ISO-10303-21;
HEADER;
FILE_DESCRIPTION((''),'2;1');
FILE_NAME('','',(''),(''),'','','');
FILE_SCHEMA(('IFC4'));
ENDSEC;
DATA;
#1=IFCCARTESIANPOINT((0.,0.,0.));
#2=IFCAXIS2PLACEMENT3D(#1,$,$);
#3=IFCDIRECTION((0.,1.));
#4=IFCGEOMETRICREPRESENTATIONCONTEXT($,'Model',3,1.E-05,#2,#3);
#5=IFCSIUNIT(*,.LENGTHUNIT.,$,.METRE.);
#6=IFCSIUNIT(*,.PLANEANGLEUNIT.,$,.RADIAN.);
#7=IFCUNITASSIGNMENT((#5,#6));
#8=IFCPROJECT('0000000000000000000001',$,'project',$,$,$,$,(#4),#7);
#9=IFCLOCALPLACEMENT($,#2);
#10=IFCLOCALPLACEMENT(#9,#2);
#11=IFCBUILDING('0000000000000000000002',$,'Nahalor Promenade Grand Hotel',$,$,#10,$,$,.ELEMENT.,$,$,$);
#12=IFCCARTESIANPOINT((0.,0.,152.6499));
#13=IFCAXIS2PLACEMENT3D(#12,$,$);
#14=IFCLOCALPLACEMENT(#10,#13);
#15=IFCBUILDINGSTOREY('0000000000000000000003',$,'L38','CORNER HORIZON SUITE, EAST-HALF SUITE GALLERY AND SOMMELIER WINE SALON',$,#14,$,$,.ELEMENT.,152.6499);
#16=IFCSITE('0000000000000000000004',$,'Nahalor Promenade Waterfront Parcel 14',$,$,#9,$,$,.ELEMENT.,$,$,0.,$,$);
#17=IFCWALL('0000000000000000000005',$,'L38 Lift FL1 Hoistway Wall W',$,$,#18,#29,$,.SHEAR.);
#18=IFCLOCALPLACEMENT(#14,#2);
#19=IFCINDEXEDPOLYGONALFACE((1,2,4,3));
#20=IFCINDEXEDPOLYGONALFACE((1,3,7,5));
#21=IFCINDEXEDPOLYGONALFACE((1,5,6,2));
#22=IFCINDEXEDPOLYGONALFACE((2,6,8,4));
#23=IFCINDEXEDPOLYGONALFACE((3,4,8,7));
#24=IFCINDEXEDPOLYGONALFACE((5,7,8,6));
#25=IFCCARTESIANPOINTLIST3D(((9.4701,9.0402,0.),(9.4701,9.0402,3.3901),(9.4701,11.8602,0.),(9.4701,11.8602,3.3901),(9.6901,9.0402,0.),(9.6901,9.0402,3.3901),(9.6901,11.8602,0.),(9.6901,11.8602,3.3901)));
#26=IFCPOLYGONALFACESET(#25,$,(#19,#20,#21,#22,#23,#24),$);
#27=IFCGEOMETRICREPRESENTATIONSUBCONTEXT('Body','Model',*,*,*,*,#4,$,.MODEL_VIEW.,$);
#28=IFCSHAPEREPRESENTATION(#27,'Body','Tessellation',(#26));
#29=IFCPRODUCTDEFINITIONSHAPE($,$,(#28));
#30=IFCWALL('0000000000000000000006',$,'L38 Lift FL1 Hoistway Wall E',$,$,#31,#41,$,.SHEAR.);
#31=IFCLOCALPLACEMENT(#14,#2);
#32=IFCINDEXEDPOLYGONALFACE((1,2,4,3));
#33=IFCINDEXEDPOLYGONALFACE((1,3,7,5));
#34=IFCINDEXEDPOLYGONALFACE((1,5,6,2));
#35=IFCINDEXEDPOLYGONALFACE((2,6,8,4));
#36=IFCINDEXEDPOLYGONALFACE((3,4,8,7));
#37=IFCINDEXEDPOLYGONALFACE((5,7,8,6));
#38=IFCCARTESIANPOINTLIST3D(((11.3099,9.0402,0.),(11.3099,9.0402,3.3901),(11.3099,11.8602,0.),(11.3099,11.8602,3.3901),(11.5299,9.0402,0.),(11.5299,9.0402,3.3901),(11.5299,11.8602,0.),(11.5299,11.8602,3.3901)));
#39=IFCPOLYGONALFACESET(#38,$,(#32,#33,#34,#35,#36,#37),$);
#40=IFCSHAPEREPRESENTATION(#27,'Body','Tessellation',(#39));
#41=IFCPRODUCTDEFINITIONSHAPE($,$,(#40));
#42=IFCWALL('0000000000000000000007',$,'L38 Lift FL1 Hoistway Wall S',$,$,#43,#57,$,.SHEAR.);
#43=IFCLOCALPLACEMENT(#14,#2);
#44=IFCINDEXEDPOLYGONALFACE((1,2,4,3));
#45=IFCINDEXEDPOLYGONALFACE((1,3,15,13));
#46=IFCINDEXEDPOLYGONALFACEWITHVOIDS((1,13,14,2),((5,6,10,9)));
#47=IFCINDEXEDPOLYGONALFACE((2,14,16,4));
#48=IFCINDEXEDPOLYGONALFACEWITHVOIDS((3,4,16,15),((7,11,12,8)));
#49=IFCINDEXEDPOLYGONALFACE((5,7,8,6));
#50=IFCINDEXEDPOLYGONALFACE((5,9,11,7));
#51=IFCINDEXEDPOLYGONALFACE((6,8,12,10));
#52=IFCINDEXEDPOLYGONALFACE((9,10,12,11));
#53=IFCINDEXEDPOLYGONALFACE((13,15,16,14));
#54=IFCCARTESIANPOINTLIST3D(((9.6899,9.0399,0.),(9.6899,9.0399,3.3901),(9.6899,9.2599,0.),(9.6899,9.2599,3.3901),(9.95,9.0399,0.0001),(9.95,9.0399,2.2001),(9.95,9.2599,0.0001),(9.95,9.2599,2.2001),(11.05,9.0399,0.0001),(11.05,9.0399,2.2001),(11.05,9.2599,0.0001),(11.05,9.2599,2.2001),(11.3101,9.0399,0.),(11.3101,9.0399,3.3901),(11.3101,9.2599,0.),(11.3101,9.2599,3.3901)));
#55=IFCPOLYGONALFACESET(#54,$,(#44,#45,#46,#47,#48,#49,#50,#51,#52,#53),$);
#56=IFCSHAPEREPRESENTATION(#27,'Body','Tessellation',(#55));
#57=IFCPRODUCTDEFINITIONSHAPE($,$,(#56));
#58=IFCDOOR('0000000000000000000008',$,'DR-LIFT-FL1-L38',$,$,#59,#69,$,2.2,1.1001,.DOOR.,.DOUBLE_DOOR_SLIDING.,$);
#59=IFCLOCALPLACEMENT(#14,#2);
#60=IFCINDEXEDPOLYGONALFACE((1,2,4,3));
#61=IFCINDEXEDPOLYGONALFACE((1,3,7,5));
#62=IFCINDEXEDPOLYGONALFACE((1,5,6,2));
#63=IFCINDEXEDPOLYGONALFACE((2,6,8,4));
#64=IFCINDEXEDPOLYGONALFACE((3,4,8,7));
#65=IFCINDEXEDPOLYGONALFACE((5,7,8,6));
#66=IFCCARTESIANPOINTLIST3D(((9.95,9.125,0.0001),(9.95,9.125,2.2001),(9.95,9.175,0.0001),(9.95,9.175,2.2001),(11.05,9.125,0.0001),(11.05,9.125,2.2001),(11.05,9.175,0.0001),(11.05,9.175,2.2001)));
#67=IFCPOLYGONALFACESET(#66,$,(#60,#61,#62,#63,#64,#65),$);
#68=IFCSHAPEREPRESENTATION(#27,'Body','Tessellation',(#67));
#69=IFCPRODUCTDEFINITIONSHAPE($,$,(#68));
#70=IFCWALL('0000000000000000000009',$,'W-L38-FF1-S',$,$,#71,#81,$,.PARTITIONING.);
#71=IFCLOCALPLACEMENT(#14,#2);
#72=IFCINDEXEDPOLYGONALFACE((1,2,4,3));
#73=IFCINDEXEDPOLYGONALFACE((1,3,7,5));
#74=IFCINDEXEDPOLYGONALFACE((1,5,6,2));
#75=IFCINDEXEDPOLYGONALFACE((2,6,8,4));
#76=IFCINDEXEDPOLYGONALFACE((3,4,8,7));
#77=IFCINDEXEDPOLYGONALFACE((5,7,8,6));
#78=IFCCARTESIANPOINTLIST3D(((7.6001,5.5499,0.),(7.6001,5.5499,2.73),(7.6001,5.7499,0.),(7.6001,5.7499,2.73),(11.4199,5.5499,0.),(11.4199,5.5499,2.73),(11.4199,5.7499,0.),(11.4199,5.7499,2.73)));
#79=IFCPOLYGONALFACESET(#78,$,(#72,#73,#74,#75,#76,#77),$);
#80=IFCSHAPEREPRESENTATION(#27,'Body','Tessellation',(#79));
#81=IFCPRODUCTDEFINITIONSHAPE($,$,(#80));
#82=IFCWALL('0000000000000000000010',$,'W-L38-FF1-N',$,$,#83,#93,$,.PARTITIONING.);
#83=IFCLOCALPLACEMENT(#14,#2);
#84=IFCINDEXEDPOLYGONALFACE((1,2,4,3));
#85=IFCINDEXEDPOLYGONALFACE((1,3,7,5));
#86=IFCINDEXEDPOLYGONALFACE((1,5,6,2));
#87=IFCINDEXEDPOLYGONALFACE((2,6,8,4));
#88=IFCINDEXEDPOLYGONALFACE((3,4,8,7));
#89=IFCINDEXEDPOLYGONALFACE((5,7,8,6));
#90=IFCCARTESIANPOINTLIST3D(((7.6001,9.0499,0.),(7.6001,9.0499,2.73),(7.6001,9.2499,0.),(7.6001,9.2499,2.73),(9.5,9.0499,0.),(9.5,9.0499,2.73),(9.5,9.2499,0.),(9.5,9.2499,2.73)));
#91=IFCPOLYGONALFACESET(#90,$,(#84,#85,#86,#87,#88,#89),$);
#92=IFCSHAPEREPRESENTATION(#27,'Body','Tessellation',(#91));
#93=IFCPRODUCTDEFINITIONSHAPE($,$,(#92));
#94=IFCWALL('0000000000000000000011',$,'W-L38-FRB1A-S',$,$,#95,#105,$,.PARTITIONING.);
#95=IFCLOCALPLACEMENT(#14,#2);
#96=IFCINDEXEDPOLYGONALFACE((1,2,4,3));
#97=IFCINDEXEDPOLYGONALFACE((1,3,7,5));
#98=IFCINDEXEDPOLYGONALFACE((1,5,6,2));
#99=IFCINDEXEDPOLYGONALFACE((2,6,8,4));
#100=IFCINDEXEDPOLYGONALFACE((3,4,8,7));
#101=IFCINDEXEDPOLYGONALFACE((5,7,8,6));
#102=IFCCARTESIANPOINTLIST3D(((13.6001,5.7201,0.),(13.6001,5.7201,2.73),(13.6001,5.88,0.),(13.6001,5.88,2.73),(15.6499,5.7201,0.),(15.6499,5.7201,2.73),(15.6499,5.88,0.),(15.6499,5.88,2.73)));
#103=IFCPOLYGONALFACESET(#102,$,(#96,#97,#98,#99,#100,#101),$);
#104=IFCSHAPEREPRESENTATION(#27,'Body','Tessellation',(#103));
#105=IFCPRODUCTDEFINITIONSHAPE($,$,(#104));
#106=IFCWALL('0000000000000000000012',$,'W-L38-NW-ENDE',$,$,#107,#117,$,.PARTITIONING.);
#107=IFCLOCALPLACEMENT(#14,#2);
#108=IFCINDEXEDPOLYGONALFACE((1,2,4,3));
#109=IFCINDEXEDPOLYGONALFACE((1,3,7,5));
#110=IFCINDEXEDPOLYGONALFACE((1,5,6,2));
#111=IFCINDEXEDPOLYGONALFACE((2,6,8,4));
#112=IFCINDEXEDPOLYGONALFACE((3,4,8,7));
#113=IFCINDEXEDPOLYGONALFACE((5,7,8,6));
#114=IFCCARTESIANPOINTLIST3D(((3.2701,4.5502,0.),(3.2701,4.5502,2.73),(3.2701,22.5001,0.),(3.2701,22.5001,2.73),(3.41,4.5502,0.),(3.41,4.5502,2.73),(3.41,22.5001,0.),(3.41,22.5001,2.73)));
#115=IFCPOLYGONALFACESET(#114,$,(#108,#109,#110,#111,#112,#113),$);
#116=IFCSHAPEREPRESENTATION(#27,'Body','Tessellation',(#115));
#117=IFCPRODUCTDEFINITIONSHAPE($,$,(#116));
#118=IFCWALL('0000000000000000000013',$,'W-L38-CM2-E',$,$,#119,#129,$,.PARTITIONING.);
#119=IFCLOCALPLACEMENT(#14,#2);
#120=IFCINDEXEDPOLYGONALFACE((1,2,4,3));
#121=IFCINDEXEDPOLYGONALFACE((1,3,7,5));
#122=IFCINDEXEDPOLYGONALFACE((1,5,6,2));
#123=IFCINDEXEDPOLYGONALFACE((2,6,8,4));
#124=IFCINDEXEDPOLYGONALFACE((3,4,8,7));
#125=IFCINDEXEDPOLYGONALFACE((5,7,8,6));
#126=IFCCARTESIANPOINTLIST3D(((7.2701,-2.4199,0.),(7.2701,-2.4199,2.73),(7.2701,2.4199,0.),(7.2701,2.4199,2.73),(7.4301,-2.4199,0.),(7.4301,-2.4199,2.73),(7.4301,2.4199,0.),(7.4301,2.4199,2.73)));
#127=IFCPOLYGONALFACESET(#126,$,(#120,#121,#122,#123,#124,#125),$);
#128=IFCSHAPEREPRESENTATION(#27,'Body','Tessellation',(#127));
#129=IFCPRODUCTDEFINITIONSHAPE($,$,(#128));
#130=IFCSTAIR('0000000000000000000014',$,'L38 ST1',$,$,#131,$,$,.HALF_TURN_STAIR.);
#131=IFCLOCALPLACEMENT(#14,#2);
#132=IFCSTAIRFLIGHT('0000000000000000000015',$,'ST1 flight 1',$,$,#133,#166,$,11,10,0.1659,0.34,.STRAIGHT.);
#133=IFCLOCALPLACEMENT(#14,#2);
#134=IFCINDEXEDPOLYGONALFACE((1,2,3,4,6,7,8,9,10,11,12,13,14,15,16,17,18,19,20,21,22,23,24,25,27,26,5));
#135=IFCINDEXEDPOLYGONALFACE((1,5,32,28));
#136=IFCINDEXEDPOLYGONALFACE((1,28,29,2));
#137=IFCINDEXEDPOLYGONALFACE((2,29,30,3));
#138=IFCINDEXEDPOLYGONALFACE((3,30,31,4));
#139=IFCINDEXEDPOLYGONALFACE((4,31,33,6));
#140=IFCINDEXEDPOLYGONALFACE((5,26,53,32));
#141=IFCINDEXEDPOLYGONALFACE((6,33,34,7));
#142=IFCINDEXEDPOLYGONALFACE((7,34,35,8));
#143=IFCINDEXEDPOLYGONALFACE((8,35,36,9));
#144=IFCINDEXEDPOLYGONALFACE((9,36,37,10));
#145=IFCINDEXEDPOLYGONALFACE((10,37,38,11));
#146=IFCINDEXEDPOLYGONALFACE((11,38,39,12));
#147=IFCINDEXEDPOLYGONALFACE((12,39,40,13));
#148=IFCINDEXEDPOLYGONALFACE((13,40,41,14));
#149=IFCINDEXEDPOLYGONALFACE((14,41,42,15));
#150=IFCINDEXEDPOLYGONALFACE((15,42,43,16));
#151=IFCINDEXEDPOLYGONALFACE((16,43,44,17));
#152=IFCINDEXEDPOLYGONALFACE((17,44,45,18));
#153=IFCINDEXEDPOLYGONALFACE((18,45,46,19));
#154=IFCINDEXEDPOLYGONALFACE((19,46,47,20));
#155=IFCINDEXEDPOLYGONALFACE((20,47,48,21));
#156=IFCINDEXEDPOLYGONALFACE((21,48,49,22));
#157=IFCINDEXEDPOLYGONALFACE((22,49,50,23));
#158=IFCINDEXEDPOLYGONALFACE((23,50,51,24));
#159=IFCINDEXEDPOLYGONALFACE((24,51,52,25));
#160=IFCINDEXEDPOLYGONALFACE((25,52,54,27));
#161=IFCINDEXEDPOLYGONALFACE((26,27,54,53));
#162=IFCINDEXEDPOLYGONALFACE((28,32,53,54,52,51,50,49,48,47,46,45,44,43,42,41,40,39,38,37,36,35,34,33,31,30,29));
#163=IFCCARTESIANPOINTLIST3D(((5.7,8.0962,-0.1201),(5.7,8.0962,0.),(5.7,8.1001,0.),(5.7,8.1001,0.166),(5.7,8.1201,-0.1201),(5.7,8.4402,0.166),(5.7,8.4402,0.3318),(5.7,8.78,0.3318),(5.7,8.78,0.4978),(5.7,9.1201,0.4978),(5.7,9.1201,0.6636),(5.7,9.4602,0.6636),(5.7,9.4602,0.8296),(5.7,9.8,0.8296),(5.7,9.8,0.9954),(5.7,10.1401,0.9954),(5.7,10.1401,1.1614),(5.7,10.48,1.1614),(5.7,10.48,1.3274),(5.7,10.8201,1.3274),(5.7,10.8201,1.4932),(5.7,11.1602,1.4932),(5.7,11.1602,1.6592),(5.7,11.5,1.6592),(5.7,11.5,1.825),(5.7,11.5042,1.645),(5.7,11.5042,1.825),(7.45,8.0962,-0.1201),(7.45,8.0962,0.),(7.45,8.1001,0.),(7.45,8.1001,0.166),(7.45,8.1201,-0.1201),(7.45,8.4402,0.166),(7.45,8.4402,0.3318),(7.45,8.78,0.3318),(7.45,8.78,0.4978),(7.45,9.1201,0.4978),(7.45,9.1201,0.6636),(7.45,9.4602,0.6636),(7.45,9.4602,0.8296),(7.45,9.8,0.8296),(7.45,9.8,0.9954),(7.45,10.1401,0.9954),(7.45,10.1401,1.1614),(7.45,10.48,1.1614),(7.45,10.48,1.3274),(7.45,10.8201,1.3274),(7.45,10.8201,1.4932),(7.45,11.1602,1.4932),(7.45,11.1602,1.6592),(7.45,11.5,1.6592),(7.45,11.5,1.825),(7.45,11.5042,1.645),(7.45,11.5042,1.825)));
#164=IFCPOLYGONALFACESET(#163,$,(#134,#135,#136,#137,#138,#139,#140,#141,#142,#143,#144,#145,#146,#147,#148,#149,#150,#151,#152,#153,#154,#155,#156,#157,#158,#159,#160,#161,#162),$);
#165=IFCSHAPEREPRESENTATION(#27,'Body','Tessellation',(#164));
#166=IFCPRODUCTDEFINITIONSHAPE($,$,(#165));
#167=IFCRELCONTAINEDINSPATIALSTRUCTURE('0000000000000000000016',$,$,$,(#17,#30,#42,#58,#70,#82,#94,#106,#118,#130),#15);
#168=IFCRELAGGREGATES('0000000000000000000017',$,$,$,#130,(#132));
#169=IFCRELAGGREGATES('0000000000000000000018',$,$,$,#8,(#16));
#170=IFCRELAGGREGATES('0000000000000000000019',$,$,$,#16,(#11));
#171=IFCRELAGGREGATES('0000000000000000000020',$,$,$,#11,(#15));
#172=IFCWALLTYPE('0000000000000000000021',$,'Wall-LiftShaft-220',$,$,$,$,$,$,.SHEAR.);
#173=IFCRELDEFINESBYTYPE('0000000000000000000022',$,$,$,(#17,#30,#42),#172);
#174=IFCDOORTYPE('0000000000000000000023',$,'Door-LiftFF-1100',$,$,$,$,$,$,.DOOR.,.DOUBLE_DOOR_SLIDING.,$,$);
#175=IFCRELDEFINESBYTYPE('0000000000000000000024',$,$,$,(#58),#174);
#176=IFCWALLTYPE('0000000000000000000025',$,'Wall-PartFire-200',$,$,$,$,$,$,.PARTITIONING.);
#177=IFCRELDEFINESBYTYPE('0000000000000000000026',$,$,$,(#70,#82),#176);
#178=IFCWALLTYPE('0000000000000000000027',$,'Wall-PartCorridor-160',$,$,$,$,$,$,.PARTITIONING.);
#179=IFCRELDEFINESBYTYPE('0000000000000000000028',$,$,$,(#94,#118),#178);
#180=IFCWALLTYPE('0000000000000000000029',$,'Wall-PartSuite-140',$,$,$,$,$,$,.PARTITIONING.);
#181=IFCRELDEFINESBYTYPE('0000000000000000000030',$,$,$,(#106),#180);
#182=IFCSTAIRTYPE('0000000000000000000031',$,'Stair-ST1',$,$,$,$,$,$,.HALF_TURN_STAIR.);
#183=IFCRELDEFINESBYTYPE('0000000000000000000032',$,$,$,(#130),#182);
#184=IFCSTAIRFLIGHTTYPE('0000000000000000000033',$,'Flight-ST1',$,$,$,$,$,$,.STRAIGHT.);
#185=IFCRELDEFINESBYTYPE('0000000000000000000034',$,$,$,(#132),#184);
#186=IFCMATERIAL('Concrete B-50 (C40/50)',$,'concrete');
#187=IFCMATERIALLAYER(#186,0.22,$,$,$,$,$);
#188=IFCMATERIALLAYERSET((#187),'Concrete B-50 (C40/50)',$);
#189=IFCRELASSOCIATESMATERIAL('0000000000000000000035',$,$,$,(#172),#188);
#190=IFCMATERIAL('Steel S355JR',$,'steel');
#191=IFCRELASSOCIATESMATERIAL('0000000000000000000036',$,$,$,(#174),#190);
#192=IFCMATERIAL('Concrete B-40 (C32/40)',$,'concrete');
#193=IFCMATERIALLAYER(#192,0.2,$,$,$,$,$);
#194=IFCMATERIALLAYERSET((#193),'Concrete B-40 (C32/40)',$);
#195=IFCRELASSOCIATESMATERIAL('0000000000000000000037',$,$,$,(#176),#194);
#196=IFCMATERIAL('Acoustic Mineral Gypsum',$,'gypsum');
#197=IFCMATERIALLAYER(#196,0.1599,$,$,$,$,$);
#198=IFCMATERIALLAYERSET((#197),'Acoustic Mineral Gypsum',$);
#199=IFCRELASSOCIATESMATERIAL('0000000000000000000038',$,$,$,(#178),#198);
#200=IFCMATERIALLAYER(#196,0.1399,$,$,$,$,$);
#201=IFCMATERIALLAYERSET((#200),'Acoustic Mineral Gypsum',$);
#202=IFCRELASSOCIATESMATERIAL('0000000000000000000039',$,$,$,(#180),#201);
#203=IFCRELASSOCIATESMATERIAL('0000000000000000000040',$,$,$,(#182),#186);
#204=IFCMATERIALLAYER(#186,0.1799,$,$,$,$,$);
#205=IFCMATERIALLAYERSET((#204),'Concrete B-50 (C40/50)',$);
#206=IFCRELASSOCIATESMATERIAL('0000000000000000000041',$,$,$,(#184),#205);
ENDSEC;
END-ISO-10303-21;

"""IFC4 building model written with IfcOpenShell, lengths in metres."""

from ifc_helpers import new_model, si_unit, direction, frame, frame_2d, origin, place, context, subcontext, project, spatial, polyline, rectangle, outline, extrude, source, transform, mapped, material, layer, layer_set, type_object, element, fill, aggregate, save


model = new_model("IFC4")

# Units and contexts
model_context = context("Model", 3, precision=1e-05, world=origin(), true_north=direction((0.0, 1.0)))
body_context = subcontext(model_context, "Body", "Model", "MODEL_VIEW")
ifc_project = project(units=[si_unit("LENGTHUNIT", "METRE"), si_unit("PLANEANGLEUNIT", "RADIAN")], contexts=[model_context])

# Site, building, storey
site_placement = place(None, origin())
site = spatial("IfcSite", under=ifc_project, at=site_placement, Name="Nahalor Promenade Waterfront Parcel 14", CompositionType="ELEMENT", RefElevation=0.0)
building_placement = place(site_placement, origin())
building = spatial("IfcBuilding", under=site, at=building_placement, Name="Nahalor Promenade Grand Hotel", CompositionType="ELEMENT")
storey_placement = place(building_placement, frame((0.0, 0.0, 152.6499)))
storey = spatial("IfcBuildingStorey", under=building, at=storey_placement, Name="L38", Description="CORNER HORIZON SUITE, EAST-HALF SUITE GALLERY AND SOMMELIER WINE SALON", CompositionType="ELEMENT", Elevation=152.6499)

# Shared definitions
ifc_material_1 = material(Name="Steel S355JR", Category="steel")

# Shared definitions
ifc_material_2 = material(Name="Concrete B-50 (C40/50)", Category="concrete")

# Walls
ifc_layer_1 = layer(ifc_material_2, 0.22)
ifc_layer_set_1 = layer_set([ifc_layer_1], Name="Concrete B-50 (C40/50)")
wall_type_1 = type_object("IfcWallType", Name="Wall-LiftShaft-220", PredefinedType="SHEAR", material=ifc_layer_set_1)
shared_shape_1 = source(origin(), body_context, "Body", "SweptSolid", [
    extrude(rectangle(XDim=2.8201, YDim=0.22, at=frame_2d((1.4102, 0.0))), origin(), (0.0, 0.0, 1.0), 3.3901),
])
for number, where, z_axis, x_axis, name in (
    (1, (9.5801, 9.04, 0.0), (0.0, 0.0, 1.0), (0.0, 1.0, 0.0), "L38 Lift FL1 Hoistway Wall W"),
    (2, (11.4199, 9.04, 0.0), (0.0, 0.0, 1.0), (0.0, 1.0, 0.0), "L38 Lift FL1 Hoistway Wall E"),
):
    element("IfcWall", number, at=place(storey_placement, frame(where, z_axis=z_axis, x_axis=x_axis)), inside=storey, type_object=wall_type_1, Name=name, PredefinedType="SHEAR", context=body_context, shape_type="MappedRepresentation", body=[
        mapped(shared_shape_1, transform((0.0, 0.0, 0.0), scale=1.0)),
    ])

# Wall, opening, door
shared_shape_2 = source(origin(), body_context, "Body", "SweptSolid", [
    extrude(rectangle(XDim=1.6201, YDim=0.22, at=frame_2d((0.8101, 0.0))), origin(), (0.0, 0.0, 1.0), 3.3901),
])
wall_1_placement = place(storey_placement, frame((9.6899, 9.1499, 0.0), z_axis=(0.0, 0.0, 1.0), x_axis=(1.0, 0.0, 0.0)))
wall_1 = element("IfcWall", 3, at=wall_1_placement, inside=storey, type_object=wall_type_1, Name="L38 Lift FL1 Hoistway Wall S", PredefinedType="SHEAR", context=body_context, shape_type="MappedRepresentation", body=[
    mapped(shared_shape_2, transform((0.0, 0.0, 0.0), scale=1.0)),
])
opening_1_placement = place(wall_1_placement, frame((0.26, 0.0, 0.0)))
opening_1 = element("IfcOpeningElement", 4, at=opening_1_placement, cuts=wall_1, PredefinedType="OPENING", context=body_context, shape_type="SweptSolid", body=[
    extrude(rectangle(XDim=1.1001, YDim=2.2, at=frame_2d((0.55, 1.1001))), frame((0.0, 0.1199, 0.0), z_axis=(0.0, -1.0, 0.0), x_axis=(1.0, 0.0, 0.0)), (0.0, 0.0, 1.0), 0.24),
])
door_type_1 = type_object("IfcDoorType", Name="Door-LiftFF-1100", OperationType="DOUBLE_DOOR_SLIDING", PredefinedType="DOOR", material=ifc_material_1)
shared_shape_3 = source(origin(), body_context, "Body", "SweptSolid", [
    extrude(rectangle(XDim=1.1001, YDim=2.2, at=frame_2d((0.55, 1.1001))), frame((0.0, 0.0249, 0.0), z_axis=(0.0, -1.0, 0.0), x_axis=(1.0, 0.0, 0.0)), (0.0, 0.0, 1.0), 0.05),
])
door_1_placement = place(opening_1_placement, frame((1.1001, 0.0, 0.0), z_axis=(0.0, 0.0, 1.0), x_axis=(-1.0, 0.0, 0.0)))
door_1 = element("IfcDoor", 5, at=door_1_placement, inside=storey, type_object=door_type_1, Name="DR-LIFT-FL1-L38", OperationType="DOUBLE_DOOR_SLIDING", OverallHeight=2.2, OverallWidth=1.1001, PredefinedType="DOOR", context=body_context, shape_type="MappedRepresentation", body=[
    mapped(shared_shape_3, transform((0.0, 0.0, 0.0), scale=1.0)),
])
fill(opening_1, door_1)

# Walls
ifc_material_3 = material(Name="Concrete B-40 (C32/40)", Category="concrete")
ifc_layer_2 = layer(ifc_material_3, 0.2)
ifc_layer_set_2 = layer_set([ifc_layer_2], Name="Concrete B-40 (C32/40)")
wall_type_2 = type_object("IfcWallType", Name="Wall-PartFire-200", PredefinedType="PARTITIONING", material=ifc_layer_set_2)
shared_shape_4 = source(origin(), body_context, "Body", "SweptSolid", [
    extrude(rectangle(XDim=3.8198, YDim=0.2, at=frame_2d((1.9099, 0.0))), origin(), (0.0, 0.0, 1.0), 2.73),
])
wall_2_placement = place(storey_placement, frame((7.6001, 5.6499, 0.0), z_axis=(0.0, 0.0, 1.0), x_axis=(1.0, 0.0, 0.0)))
element("IfcWall", 6, at=wall_2_placement, inside=storey, type_object=wall_type_2, Name="W-L38-FF1-S", PredefinedType="PARTITIONING", context=body_context, shape_type="MappedRepresentation", body=[
    mapped(shared_shape_4, transform((0.0, 0.0, 0.0), scale=1.0)),
])
shared_shape_5 = source(origin(), body_context, "Body", "SweptSolid", [
    extrude(rectangle(XDim=1.8999, YDim=0.2, at=frame_2d((0.95, 0.0))), origin(), (0.0, 0.0, 1.0), 2.73),
])
wall_3_placement = place(storey_placement, frame((7.6001, 9.1499, 0.0), z_axis=(0.0, 0.0, 1.0), x_axis=(1.0, 0.0, 0.0)))
element("IfcWall", 7, at=wall_3_placement, inside=storey, type_object=wall_type_2, Name="W-L38-FF1-N", PredefinedType="PARTITIONING", context=body_context, shape_type="MappedRepresentation", body=[
    mapped(shared_shape_5, transform((0.0, 0.0, 0.0), scale=1.0)),
])

# Walls
ifc_material_4 = material(Name="Acoustic Mineral Gypsum", Category="gypsum")
ifc_layer_3 = layer(ifc_material_4, 0.1599)
ifc_layer_set_3 = layer_set([ifc_layer_3], Name="Acoustic Mineral Gypsum")
wall_type_3 = type_object("IfcWallType", Name="Wall-PartCorridor-160", PredefinedType="PARTITIONING", material=ifc_layer_set_3)
shared_shape_6 = source(origin(), body_context, "Body", "SweptSolid", [
    extrude(rectangle(XDim=2.0498, YDim=0.1599, at=frame_2d((1.0249, 0.0))), origin(), (0.0, 0.0, 1.0), 2.73),
])
wall_4_placement = place(storey_placement, frame((13.6001, 5.8, 0.0), z_axis=(0.0, 0.0, 1.0), x_axis=(1.0, 0.0, 0.0)))
element("IfcWall", 8, at=wall_4_placement, inside=storey, type_object=wall_type_3, Name="W-L38-FRB1A-S", PredefinedType="PARTITIONING", context=body_context, shape_type="MappedRepresentation", body=[
    mapped(shared_shape_6, transform((0.0, 0.0, 0.0), scale=1.0)),
])
ifc_layer_4 = layer(ifc_material_4, 0.1399)
ifc_layer_set_4 = layer_set([ifc_layer_4], Name="Acoustic Mineral Gypsum")
wall_type_4 = type_object("IfcWallType", Name="Wall-PartSuite-140", PredefinedType="PARTITIONING", material=ifc_layer_set_4)
shared_shape_7 = source(origin(), body_context, "Body", "SweptSolid", [
    extrude(rectangle(XDim=17.95, YDim=0.1399, at=frame_2d((8.9751, 0.0))), origin(), (0.0, 0.0, 1.0), 2.73),
])
wall_5_placement = place(storey_placement, frame((3.3401, 4.55, 0.0), z_axis=(0.0, 0.0, 1.0), x_axis=(0.0, 1.0, 0.0)))
element("IfcWall", 9, at=wall_5_placement, inside=storey, type_object=wall_type_4, Name="W-L38-NW-ENDE", PredefinedType="PARTITIONING", context=body_context, shape_type="MappedRepresentation", body=[
    mapped(shared_shape_7, transform((0.0, 0.0, 0.0), scale=1.0)),
])
shared_shape_8 = source(origin(), body_context, "Body", "SweptSolid", [
    extrude(rectangle(XDim=4.8398, YDim=0.1599, at=frame_2d((2.4199, 0.0))), origin(), (0.0, 0.0, 1.0), 2.73),
])
wall_6_placement = place(storey_placement, frame((7.3501, -2.4199, 0.0), z_axis=(0.0, 0.0, 1.0), x_axis=(0.0, 1.0, 0.0)))
element("IfcWall", 10, at=wall_6_placement, inside=storey, type_object=wall_type_3, Name="W-L38-CM2-E", PredefinedType="PARTITIONING", context=body_context, shape_type="MappedRepresentation", body=[
    mapped(shared_shape_8, transform((0.0, 0.0, 0.0), scale=1.0)),
])

# Stair, stair flight
stair_type = type_object("IfcStairType", Name="Stair-ST1", PredefinedType="HALF_TURN_STAIR", material=ifc_material_2)
stair_placement = place(storey_placement, origin())
stair = element("IfcStair", 11, at=stair_placement, inside=storey, type_object=stair_type, Name="L38 ST1", PredefinedType="HALF_TURN_STAIR")
ifc_layer_5 = layer(ifc_material_2, 0.1799)
ifc_layer_set_5 = layer_set([ifc_layer_5], Name="Concrete B-50 (C40/50)")
stair_flight_type = type_object("IfcStairFlightType", Name="Flight-ST1", PredefinedType="STRAIGHT", material=ifc_layer_set_5)
shared_shape_9 = source(origin(), body_context, "Body", "SweptSolid", [
    extrude(outline(polyline([(-0.0039, -0.1201), (-0.0039, 0.0), (0.0, 0.0), (0.0, 0.166), (0.3401, 0.166), (0.3401, 0.3318), (0.6799, 0.3318), (0.6799, 0.4978), (1.02, 0.4978), (1.02, 0.6636), (1.3601, 0.6636), (1.3601, 0.8296), (1.7, 0.8296), (1.7, 0.9954), (2.04, 0.9954), (2.04, 1.1614), (2.3799, 1.1614), (2.3799, 1.3274), (2.72, 1.3274), (2.72, 1.4932), (3.0601, 1.4932), (3.0601, 1.6592), (3.3999, 1.6592), (3.3999, 1.825), (3.4041, 1.825), (3.4041, 1.645), (0.02, -0.1201), (-0.0039, -0.1201)])), frame((0.0, 0.875, 0.0), z_axis=(0.0, -1.0, 0.0), x_axis=(1.0, 0.0, 0.0)), (0.0, 0.0, 1.0), 1.75),
])
stair_flight_1_placement = place(storey_placement, frame((6.575, 8.1001, 0.0), z_axis=(0.0, 0.0, 1.0), x_axis=(0.0, 1.0, 0.0)))
stair_flight_1 = element("IfcStairFlight", 12, at=stair_flight_1_placement, type_object=stair_flight_type, Name="ST1 flight 1", NumberOfRisers=11, NumberOfTreads=10, PredefinedType="STRAIGHT", RiserHeight=0.1659, TreadLength=0.34, context=body_context, shape_type="MappedRepresentation", body=[
    mapped(shared_shape_9, transform((0.0, 0.0, 0.0), scale=1.0)),
])
aggregate(stair, [stair_flight_1])

save(model, "model.ifc")
